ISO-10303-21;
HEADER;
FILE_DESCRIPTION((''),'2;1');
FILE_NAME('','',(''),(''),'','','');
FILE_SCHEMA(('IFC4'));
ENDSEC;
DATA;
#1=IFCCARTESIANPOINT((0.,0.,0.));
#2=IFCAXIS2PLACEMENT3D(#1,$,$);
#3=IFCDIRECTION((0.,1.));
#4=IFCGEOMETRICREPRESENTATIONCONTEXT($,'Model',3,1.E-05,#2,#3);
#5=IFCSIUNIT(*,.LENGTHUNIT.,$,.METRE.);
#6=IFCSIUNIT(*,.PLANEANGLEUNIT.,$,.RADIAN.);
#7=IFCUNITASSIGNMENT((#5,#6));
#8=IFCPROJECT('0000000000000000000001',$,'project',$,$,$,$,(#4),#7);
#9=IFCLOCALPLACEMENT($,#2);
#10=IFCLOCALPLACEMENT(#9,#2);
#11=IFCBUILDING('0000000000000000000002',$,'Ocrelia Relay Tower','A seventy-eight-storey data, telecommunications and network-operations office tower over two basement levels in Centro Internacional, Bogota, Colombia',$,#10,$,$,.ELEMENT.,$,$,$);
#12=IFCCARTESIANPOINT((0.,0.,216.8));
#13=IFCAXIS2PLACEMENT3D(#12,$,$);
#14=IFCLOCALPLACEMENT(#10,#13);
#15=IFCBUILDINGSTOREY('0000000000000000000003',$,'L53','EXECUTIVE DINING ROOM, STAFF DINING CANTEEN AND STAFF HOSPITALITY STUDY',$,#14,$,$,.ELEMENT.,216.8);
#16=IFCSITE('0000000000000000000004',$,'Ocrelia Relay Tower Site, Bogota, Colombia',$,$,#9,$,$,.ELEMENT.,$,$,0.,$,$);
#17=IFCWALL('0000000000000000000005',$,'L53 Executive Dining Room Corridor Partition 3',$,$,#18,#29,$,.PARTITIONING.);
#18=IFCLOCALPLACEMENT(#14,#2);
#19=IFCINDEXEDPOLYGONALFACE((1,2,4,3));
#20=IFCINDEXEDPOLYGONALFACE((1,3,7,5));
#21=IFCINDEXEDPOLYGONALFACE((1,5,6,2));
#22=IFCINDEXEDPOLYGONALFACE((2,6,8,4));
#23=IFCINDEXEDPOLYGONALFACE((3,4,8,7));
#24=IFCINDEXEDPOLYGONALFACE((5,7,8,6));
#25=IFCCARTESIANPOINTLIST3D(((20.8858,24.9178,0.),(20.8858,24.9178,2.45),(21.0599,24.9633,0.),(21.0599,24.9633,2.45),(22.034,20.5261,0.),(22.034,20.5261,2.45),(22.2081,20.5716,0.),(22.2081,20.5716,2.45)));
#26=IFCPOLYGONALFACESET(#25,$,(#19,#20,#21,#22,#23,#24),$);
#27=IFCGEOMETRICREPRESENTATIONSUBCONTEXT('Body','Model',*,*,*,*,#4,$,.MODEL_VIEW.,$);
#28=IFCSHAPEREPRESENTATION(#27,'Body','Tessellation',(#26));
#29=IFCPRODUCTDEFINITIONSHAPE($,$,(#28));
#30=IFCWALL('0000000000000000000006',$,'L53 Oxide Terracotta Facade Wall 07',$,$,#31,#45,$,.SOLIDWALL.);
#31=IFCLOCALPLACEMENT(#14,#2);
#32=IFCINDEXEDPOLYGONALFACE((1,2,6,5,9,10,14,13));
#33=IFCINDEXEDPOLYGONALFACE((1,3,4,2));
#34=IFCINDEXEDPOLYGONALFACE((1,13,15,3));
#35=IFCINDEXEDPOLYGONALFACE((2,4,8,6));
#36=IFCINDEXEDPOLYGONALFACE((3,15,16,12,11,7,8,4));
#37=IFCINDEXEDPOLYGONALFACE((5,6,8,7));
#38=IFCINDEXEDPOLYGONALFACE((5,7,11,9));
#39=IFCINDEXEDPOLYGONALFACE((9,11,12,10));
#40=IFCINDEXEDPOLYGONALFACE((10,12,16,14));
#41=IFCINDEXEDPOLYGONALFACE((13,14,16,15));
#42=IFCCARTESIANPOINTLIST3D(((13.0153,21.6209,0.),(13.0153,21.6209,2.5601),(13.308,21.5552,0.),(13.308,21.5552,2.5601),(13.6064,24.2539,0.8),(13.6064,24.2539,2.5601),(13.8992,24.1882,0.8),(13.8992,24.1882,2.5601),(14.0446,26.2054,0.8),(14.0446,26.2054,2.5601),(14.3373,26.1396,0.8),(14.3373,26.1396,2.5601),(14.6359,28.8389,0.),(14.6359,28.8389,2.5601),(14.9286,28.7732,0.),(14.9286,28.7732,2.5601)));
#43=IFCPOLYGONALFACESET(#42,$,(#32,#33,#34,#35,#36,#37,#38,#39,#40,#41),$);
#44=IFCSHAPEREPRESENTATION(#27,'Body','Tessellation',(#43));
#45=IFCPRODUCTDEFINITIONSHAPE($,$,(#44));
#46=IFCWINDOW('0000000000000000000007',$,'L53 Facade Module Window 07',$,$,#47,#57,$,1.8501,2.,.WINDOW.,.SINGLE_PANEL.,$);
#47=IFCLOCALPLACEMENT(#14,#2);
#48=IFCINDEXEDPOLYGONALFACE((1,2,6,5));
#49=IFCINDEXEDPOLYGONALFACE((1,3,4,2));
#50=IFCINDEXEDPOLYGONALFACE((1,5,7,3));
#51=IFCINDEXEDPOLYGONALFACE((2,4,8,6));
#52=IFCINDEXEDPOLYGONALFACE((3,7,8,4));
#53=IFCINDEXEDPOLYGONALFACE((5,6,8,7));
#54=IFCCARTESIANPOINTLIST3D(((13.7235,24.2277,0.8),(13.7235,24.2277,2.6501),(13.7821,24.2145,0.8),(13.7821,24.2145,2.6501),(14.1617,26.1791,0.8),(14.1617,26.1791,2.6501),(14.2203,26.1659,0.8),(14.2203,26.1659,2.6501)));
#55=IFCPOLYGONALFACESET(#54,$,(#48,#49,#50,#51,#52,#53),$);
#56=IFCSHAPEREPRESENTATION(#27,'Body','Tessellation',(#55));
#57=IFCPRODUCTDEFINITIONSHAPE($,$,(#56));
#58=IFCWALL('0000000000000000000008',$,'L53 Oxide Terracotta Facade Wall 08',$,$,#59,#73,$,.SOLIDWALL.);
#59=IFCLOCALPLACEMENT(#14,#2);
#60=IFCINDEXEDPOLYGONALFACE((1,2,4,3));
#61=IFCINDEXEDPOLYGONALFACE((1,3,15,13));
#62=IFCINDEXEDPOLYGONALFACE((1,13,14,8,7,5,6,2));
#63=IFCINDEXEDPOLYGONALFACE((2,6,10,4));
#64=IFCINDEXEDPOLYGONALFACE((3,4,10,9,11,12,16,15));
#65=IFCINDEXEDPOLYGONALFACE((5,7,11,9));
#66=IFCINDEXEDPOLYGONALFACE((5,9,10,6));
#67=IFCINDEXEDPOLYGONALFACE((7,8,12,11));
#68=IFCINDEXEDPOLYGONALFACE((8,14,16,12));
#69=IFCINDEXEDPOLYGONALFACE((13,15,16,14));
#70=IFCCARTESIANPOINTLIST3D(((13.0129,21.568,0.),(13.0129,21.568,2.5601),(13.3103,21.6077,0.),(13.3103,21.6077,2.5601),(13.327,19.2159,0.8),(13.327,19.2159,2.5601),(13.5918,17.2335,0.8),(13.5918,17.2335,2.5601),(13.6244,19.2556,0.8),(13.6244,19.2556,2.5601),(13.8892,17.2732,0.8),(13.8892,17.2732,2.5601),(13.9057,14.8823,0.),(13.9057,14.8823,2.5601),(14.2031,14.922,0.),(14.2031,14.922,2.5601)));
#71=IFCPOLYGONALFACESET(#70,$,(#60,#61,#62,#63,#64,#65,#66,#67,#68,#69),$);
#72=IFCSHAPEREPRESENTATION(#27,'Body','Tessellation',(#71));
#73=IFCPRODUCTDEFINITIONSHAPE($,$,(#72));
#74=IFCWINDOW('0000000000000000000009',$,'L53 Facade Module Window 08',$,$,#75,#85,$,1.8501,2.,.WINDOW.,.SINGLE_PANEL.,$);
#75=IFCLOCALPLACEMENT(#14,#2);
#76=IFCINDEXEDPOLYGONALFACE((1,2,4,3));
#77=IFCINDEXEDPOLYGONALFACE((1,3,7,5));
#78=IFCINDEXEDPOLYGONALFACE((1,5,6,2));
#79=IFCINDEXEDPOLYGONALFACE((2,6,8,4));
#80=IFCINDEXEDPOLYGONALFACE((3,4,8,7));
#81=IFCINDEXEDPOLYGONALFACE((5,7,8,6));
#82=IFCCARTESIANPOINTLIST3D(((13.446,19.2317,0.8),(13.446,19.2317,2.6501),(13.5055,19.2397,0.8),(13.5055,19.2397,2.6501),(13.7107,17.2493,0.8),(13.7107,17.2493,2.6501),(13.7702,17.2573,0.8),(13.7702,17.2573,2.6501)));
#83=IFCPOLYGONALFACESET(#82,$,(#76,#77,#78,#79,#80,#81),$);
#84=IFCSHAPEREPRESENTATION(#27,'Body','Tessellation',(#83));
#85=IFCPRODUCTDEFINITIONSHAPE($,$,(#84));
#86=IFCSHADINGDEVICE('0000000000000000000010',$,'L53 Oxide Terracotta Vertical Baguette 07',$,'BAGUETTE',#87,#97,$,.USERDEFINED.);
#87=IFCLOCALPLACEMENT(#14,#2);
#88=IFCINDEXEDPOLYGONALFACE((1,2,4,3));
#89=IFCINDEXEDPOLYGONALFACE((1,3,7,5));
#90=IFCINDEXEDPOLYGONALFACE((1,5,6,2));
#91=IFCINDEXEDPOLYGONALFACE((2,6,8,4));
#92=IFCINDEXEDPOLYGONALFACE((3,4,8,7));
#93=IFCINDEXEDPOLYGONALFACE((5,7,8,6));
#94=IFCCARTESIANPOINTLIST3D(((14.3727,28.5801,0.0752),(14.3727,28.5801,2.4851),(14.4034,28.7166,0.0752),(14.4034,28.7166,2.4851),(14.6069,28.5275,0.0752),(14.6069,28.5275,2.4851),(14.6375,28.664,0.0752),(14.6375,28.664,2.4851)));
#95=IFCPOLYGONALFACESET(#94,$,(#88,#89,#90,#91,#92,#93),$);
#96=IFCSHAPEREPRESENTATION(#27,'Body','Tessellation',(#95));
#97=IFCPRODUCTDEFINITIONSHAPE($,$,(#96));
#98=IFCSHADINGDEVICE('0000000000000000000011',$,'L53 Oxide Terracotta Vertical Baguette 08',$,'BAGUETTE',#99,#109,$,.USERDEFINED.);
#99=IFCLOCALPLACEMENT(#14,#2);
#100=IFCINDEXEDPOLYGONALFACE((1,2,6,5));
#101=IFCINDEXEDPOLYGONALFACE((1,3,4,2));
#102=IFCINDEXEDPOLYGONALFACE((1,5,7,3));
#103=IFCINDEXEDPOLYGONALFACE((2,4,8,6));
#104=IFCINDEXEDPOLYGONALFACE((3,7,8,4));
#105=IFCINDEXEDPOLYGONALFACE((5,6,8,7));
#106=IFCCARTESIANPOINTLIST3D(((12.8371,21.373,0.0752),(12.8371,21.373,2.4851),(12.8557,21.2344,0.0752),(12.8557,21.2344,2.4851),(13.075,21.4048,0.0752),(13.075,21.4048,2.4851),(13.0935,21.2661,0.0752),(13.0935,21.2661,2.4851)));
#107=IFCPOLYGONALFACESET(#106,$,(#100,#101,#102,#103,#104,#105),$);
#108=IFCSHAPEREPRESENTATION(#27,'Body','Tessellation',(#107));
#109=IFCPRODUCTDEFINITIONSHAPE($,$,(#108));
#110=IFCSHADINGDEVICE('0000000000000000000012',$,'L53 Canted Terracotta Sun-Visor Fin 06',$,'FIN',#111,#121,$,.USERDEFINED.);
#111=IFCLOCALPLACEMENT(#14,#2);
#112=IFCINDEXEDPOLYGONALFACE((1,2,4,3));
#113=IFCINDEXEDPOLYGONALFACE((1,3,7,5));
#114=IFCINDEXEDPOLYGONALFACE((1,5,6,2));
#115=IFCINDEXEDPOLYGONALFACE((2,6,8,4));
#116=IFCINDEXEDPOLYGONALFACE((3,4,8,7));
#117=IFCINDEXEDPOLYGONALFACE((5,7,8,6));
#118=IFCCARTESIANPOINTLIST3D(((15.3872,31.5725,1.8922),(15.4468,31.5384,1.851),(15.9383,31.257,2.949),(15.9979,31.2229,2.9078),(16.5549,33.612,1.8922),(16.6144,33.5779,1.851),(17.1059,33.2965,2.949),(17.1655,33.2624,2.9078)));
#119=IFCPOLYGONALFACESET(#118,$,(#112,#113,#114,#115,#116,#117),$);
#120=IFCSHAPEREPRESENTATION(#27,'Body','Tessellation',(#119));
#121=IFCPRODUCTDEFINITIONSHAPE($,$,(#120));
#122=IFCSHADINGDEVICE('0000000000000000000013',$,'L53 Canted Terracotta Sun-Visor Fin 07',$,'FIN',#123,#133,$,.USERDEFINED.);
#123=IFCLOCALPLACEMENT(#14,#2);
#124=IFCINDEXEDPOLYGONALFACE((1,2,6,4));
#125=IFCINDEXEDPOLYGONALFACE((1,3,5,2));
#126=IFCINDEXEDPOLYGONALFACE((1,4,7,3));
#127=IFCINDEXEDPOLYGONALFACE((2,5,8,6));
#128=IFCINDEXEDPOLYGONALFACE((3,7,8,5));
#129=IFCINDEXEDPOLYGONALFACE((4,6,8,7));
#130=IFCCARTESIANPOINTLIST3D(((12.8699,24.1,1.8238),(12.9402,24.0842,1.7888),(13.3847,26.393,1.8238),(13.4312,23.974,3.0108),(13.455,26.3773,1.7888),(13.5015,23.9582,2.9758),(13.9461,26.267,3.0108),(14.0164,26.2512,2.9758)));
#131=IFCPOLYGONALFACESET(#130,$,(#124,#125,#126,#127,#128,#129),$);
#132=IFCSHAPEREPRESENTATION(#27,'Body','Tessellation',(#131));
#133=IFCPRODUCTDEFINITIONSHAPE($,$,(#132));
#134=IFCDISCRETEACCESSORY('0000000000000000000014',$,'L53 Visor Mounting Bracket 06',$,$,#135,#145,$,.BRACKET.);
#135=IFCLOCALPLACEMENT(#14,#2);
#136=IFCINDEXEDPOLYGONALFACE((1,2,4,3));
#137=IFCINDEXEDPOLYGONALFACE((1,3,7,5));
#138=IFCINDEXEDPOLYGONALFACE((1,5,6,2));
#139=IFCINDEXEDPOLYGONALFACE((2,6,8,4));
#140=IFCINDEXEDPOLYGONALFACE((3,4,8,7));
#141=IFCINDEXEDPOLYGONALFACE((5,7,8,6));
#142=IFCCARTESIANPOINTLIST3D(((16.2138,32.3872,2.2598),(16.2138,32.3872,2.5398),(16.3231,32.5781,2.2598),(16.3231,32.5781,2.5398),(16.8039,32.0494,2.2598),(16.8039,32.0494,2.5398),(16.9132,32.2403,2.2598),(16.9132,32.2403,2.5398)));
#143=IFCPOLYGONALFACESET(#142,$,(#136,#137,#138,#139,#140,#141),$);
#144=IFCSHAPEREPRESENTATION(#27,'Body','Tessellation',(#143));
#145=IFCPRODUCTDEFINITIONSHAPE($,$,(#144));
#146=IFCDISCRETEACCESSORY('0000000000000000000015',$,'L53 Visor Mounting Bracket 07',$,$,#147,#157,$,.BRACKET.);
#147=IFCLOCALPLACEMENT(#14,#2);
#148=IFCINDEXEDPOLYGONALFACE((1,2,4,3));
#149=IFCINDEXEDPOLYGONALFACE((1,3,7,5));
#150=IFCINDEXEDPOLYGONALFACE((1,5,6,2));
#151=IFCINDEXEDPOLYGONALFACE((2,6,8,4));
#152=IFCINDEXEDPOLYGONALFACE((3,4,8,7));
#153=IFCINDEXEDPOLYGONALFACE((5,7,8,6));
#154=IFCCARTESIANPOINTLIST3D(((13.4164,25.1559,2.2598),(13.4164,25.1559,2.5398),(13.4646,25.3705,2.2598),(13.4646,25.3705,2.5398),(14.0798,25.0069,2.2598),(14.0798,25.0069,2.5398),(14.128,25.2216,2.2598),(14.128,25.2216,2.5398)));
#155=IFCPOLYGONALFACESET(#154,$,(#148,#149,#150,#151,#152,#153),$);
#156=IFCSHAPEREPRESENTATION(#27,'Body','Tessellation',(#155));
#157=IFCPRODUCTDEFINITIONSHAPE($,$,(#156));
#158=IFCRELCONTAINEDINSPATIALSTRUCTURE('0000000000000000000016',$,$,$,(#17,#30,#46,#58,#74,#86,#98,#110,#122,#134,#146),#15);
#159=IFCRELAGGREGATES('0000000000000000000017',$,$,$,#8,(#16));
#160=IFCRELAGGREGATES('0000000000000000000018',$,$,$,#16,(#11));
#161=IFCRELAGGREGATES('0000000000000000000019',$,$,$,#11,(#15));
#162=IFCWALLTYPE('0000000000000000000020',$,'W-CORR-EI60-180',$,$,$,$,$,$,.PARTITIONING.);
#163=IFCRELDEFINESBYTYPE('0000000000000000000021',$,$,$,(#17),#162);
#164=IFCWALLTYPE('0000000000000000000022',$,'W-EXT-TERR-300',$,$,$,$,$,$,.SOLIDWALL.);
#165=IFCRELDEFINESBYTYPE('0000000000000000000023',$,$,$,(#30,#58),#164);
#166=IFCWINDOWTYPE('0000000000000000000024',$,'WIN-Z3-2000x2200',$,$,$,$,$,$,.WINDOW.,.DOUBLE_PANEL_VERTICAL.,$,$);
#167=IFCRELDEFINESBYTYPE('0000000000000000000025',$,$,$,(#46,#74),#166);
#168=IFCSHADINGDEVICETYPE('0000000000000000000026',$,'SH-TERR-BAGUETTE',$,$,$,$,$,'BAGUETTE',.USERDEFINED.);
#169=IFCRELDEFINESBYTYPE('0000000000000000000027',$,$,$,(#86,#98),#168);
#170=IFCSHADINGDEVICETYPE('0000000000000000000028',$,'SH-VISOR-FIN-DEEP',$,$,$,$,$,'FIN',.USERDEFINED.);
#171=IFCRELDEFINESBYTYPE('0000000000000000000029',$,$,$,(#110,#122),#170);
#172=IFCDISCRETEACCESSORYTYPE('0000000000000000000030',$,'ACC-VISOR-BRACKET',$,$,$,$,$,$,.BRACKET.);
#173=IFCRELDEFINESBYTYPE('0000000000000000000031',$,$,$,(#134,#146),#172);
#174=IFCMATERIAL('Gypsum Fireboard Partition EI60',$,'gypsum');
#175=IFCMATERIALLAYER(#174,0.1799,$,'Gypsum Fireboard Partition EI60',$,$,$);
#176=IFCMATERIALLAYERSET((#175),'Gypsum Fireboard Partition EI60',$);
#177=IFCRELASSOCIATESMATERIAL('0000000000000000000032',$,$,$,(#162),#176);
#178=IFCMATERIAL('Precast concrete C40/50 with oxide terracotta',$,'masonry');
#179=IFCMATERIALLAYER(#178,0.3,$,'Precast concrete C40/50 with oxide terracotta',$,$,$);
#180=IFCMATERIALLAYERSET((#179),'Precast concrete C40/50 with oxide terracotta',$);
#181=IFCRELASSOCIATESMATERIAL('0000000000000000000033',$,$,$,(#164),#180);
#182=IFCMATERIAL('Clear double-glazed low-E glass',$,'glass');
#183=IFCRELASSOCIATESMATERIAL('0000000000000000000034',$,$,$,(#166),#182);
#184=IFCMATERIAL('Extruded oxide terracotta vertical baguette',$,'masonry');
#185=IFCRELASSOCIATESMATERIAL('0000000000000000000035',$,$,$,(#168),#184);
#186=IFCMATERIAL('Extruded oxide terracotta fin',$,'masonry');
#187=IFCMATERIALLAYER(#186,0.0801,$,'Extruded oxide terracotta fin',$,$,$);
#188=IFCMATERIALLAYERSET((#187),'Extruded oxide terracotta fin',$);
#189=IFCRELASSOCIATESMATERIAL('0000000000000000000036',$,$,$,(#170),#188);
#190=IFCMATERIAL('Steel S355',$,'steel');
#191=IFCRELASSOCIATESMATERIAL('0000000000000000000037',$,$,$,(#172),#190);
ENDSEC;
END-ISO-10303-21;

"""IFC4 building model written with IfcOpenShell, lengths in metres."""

from ifc_helpers import new_model, si_unit, direction, frame, frame_2d, origin, origin_2d, place, context, subcontext, project, spatial, rectangle, extrude, material, layer, layer_set, type_object, element, fill, save


model = new_model("IFC4")

# Units and contexts
model_context = context("Model", 3, precision=1e-05, world=origin(), true_north=direction((0.0, 1.0)))
body_context = subcontext(model_context, "Body", "Model", "MODEL_VIEW")
ifc_project = project(units=[si_unit("LENGTHUNIT", "METRE"), si_unit("PLANEANGLEUNIT", "RADIAN")], contexts=[model_context])

# Site, building, storey
site_placement = place(None, origin())
site = spatial("IfcSite", under=ifc_project, at=site_placement, Name="Ocrelia Relay Tower Site, Bogota, Colombia", CompositionType="ELEMENT", RefElevation=0.0)
building_placement = place(site_placement, origin())
building = spatial("IfcBuilding", under=site, at=building_placement, Name="Ocrelia Relay Tower", Description="A seventy-eight-storey data, telecommunications and network-operations office tower over two basement levels in Centro Internacional, Bogota, Colombia", CompositionType="ELEMENT")
storey_placement = place(building_placement, frame((0.0, 0.0, 216.8)))
storey = spatial("IfcBuildingStorey", under=building, at=storey_placement, Name="L53", Description="EXECUTIVE DINING ROOM, STAFF DINING CANTEEN AND STAFF HOSPITALITY STUDY", CompositionType="ELEMENT", Elevation=216.8)

# Shared definitions
ifc_material_1 = material(Name="Steel S355", Category="steel")

# Wall
ifc_material_2 = material(Name="Gypsum Fireboard Partition EI60", Category="gypsum")
ifc_layer_1 = layer(ifc_material_2, 0.1799, Name="Gypsum Fireboard Partition EI60")
ifc_layer_set_1 = layer_set([ifc_layer_1], Name="Gypsum Fireboard Partition EI60")
wall_type_1 = type_object("IfcWallType", Name="W-CORR-EI60-180", PredefinedType="PARTITIONING", material=ifc_layer_set_1)
wall_1_placement = place(storey_placement, frame((20.9729, 24.9404, 0.0), z_axis=(0.0, 0.0, 1.0), x_axis=(0.25295, -0.967479, 0.0)))
element("IfcWall", 1, at=wall_1_placement, inside=storey, type_object=wall_type_1, Name="L53 Executive Dining Room Corridor Partition 3", PredefinedType="PARTITIONING", context=body_context, shape_type="SweptSolid", body=[
    extrude(rectangle(XDim=4.5393, YDim=0.1799, at=frame_2d((2.2695, 0.0))), origin(), (0.0, 0.0, 1.0), 2.45),
])

# Walls, openings, windows
ifc_material_3 = material(Name="Precast concrete C40/50 with oxide terracotta", Category="masonry")
ifc_layer_2 = layer(ifc_material_3, 0.3, Name="Precast concrete C40/50 with oxide terracotta")
ifc_layer_set_2 = layer_set([ifc_layer_2], Name="Precast concrete C40/50 with oxide terracotta")
wall_type_2 = type_object("IfcWallType", Name="W-EXT-TERR-300", PredefinedType="SOLIDWALL", material=ifc_layer_set_2)
wall_2_placement = place(storey_placement, frame((14.7822, 28.8059, 0.0), z_axis=(0.0, 0.0, 1.0), x_axis=(-0.219068, -0.975709, 0.0)))
wall_2 = element("IfcWall", 2, at=wall_2_placement, inside=storey, type_object=wall_type_2, Name="L53 Oxide Terracotta Facade Wall 07", PredefinedType="SOLIDWALL", context=body_context, shape_type="SweptSolid", body=[
    extrude(rectangle(XDim=7.3977, YDim=0.3, at=frame_2d((3.6987, 0.0))), origin(), (0.0, 0.0, 1.0), 2.5601),
])
opening_1_placement = place(wall_2_placement, frame((2.699, 0.0, 0.8)))
opening_1 = element("IfcOpeningElement", 3, at=opening_1_placement, cuts=wall_2, PredefinedType="OPENING", context=body_context, shape_type="SweptSolid", body=[
    extrude(rectangle(XDim=2.0, YDim=1.8501, at=frame_2d((1.0, 0.925))), frame((0.0, 0.1602, 0.0), z_axis=(0.0, -1.0, 0.0), x_axis=(1.0, 0.0, 0.0)), (0.0, 0.0, 1.0), 0.3201),
])
ifc_material_4 = material(Name="Clear double-glazed low-E glass", Category="glass")
window_type = type_object("IfcWindowType", Name="WIN-Z3-2000x2200", PartitioningType="DOUBLE_PANEL_VERTICAL", PredefinedType="WINDOW", material=ifc_material_4)
window_1_placement = place(opening_1_placement, origin())
window_1 = element("IfcWindow", 4, at=window_1_placement, inside=storey, type_object=window_type, Name="L53 Facade Module Window 07", OverallHeight=1.8501, OverallWidth=2.0, PartitioningType="SINGLE_PANEL", PredefinedType="WINDOW", context=body_context, shape_type="SweptSolid", body=[
    extrude(rectangle(XDim=2.0, YDim=1.8501, at=frame_2d((1.0, 0.925))), frame((0.0, 0.03, 0.0), z_axis=(0.0, -1.0, 0.0), x_axis=(1.0, 0.0, 0.0)), (0.0, 0.0, 1.0), 0.0601),
])
fill(opening_1, window_1)
wall_3_placement = place(storey_placement, frame((13.1616, 21.5879, 0.0), z_axis=(0.0, 0.0, 1.0), x_axis=(0.132365, -0.991201, 0.0)))
wall_3 = element("IfcWall", 5, at=wall_3_placement, inside=storey, type_object=wall_type_2, Name="L53 Oxide Terracotta Facade Wall 08", PredefinedType="SOLIDWALL", context=body_context, shape_type="SweptSolid", body=[
    extrude(rectangle(XDim=6.7451, YDim=0.3, at=frame_2d((3.3726, 0.0))), origin(), (0.0, 0.0, 1.0), 2.5601),
])
opening_2_placement = place(wall_3_placement, frame((2.373, 0.0, 0.8)))
opening_2 = element("IfcOpeningElement", 6, at=opening_2_placement, cuts=wall_3, PredefinedType="OPENING", context=body_context, shape_type="SweptSolid", body=[
    extrude(rectangle(XDim=2.0, YDim=1.8501, at=frame_2d((1.0, 0.925))), frame((0.0, 0.1602, 0.0), z_axis=(0.0, -1.0, 0.0), x_axis=(1.0, 0.0, 0.0)), (0.0, 0.0, 1.0), 0.3201),
])
window_2_placement = place(opening_2_placement, origin())
window_2 = element("IfcWindow", 7, at=window_2_placement, inside=storey, type_object=window_type, Name="L53 Facade Module Window 08", OverallHeight=1.8501, OverallWidth=2.0, PartitioningType="SINGLE_PANEL", PredefinedType="WINDOW", context=body_context, shape_type="SweptSolid", body=[
    extrude(rectangle(XDim=2.0, YDim=1.8501, at=frame_2d((1.0, 0.925))), frame((0.0, 0.03, 0.0), z_axis=(0.0, -1.0, 0.0), x_axis=(1.0, 0.0, 0.0)), (0.0, 0.0, 1.0), 0.0601),
])
fill(opening_2, window_2)

# Shading devices
ifc_material_5 = material(Name="Extruded oxide terracotta vertical baguette", Category="masonry")
shading_device_type_1 = type_object("IfcShadingDeviceType", Name="SH-TERR-BAGUETTE", ElementType="BAGUETTE", PredefinedType="USERDEFINED", material=ifc_material_5)
for number, where, z_axis, x_axis, name in (
    (8, (14.5051, 28.6221, 0.0752), (0.0, 0.0, 1.0), (-0.219071, -0.975709, 0.0), "L53 Oxide Terracotta Vertical Baguette 07"),
    (9, (12.9653, 21.3196, 0.0752), (0.0, 0.0, 1.0), (0.132364, -0.991201, 0.0), "L53 Oxide Terracotta Vertical Baguette 08"),
):
    element("IfcShadingDevice", number, at=place(storey_placement, frame(where, z_axis=z_axis, x_axis=x_axis)), inside=storey, type_object=shading_device_type_1, Name=name, ObjectType="BAGUETTE", PredefinedType="USERDEFINED", context=body_context, shape_type="SweptSolid", body=[
        extrude(rectangle(XDim=0.1399, YDim=0.24, at=origin_2d()), origin(), (0.0, 0.0, 1.0), 2.4099),
    ])
ifc_material_6 = material(Name="Extruded oxide terracotta fin", Category="masonry")
ifc_layer_3 = layer(ifc_material_6, 0.0801, Name="Extruded oxide terracotta fin")
ifc_layer_set_3 = layer_set([ifc_layer_3], Name="Extruded oxide terracotta fin")
shading_device_type_2 = type_object("IfcShadingDeviceType", Name="SH-VISOR-FIN-DEEP", ElementType="FIN", PredefinedType="USERDEFINED", material=ifc_layer_set_3)
shading_device_1_placement = place(storey_placement, frame((16.3062, 32.4004, 2.3794), z_axis=(-0.743884, 0.425878, 0.515038), x_axis=(-0.496844, -0.86784, 0.0)))
element("IfcShadingDevice", 10, at=shading_device_1_placement, inside=storey, type_object=shading_device_type_2, Name="L53 Canted Terracotta Sun-Visor Fin 06", ObjectType="FIN", PredefinedType="USERDEFINED", context=body_context, shape_type="SweptSolid", body=[
    extrude(rectangle(XDim=2.3501, YDim=1.2329, at=origin_2d()), origin(), (0.0, 0.0, 1.0), 0.0801),
])
shading_device_2_placement = place(storey_placement, frame((13.4783, 25.1677, 2.3823), z_axis=(-0.878004, 0.197134, 0.436174), x_axis=(-0.219071, -0.975709, 0.0)))
element("IfcShadingDevice", 11, at=shading_device_2_placement, inside=storey, type_object=shading_device_type_2, Name="L53 Canted Terracotta Sun-Visor Fin 07", ObjectType="FIN", PredefinedType="USERDEFINED", context=body_context, shape_type="SweptSolid", body=[
    extrude(rectangle(XDim=2.3501, YDim=1.3191, at=origin_2d()), origin(), (0.0, 0.0, 1.0), 0.0801),
])

# Discrete accessories
discrete_accessory_type = type_object("IfcDiscreteAccessoryType", Name="ACC-VISOR-BRACKET", PredefinedType="BRACKET", material=ifc_material_1)
for number, where, z_axis, x_axis, name in (
    (12, (16.5635, 32.3137, 2.2598), (0.0, 0.0, 1.0), (-0.496844, -0.86784, 0.0), "L53 Visor Mounting Bracket 06"),
    (13, (13.7722, 25.1887, 2.2598), (0.0, 0.0, 1.0), (-0.219071, -0.975709, 0.0), "L53 Visor Mounting Bracket 07"),
):
    element("IfcDiscreteAccessory", number, at=place(storey_placement, frame(where, z_axis=z_axis, x_axis=x_axis)), inside=storey, type_object=discrete_accessory_type, Name=name, PredefinedType="BRACKET", context=body_context, shape_type="SweptSolid", body=[
        extrude(rectangle(XDim=0.22, YDim=0.6799, at=origin_2d()), origin(), (0.0, 0.0, 1.0), 0.28),
    ])

save(model, "model.ifc")
